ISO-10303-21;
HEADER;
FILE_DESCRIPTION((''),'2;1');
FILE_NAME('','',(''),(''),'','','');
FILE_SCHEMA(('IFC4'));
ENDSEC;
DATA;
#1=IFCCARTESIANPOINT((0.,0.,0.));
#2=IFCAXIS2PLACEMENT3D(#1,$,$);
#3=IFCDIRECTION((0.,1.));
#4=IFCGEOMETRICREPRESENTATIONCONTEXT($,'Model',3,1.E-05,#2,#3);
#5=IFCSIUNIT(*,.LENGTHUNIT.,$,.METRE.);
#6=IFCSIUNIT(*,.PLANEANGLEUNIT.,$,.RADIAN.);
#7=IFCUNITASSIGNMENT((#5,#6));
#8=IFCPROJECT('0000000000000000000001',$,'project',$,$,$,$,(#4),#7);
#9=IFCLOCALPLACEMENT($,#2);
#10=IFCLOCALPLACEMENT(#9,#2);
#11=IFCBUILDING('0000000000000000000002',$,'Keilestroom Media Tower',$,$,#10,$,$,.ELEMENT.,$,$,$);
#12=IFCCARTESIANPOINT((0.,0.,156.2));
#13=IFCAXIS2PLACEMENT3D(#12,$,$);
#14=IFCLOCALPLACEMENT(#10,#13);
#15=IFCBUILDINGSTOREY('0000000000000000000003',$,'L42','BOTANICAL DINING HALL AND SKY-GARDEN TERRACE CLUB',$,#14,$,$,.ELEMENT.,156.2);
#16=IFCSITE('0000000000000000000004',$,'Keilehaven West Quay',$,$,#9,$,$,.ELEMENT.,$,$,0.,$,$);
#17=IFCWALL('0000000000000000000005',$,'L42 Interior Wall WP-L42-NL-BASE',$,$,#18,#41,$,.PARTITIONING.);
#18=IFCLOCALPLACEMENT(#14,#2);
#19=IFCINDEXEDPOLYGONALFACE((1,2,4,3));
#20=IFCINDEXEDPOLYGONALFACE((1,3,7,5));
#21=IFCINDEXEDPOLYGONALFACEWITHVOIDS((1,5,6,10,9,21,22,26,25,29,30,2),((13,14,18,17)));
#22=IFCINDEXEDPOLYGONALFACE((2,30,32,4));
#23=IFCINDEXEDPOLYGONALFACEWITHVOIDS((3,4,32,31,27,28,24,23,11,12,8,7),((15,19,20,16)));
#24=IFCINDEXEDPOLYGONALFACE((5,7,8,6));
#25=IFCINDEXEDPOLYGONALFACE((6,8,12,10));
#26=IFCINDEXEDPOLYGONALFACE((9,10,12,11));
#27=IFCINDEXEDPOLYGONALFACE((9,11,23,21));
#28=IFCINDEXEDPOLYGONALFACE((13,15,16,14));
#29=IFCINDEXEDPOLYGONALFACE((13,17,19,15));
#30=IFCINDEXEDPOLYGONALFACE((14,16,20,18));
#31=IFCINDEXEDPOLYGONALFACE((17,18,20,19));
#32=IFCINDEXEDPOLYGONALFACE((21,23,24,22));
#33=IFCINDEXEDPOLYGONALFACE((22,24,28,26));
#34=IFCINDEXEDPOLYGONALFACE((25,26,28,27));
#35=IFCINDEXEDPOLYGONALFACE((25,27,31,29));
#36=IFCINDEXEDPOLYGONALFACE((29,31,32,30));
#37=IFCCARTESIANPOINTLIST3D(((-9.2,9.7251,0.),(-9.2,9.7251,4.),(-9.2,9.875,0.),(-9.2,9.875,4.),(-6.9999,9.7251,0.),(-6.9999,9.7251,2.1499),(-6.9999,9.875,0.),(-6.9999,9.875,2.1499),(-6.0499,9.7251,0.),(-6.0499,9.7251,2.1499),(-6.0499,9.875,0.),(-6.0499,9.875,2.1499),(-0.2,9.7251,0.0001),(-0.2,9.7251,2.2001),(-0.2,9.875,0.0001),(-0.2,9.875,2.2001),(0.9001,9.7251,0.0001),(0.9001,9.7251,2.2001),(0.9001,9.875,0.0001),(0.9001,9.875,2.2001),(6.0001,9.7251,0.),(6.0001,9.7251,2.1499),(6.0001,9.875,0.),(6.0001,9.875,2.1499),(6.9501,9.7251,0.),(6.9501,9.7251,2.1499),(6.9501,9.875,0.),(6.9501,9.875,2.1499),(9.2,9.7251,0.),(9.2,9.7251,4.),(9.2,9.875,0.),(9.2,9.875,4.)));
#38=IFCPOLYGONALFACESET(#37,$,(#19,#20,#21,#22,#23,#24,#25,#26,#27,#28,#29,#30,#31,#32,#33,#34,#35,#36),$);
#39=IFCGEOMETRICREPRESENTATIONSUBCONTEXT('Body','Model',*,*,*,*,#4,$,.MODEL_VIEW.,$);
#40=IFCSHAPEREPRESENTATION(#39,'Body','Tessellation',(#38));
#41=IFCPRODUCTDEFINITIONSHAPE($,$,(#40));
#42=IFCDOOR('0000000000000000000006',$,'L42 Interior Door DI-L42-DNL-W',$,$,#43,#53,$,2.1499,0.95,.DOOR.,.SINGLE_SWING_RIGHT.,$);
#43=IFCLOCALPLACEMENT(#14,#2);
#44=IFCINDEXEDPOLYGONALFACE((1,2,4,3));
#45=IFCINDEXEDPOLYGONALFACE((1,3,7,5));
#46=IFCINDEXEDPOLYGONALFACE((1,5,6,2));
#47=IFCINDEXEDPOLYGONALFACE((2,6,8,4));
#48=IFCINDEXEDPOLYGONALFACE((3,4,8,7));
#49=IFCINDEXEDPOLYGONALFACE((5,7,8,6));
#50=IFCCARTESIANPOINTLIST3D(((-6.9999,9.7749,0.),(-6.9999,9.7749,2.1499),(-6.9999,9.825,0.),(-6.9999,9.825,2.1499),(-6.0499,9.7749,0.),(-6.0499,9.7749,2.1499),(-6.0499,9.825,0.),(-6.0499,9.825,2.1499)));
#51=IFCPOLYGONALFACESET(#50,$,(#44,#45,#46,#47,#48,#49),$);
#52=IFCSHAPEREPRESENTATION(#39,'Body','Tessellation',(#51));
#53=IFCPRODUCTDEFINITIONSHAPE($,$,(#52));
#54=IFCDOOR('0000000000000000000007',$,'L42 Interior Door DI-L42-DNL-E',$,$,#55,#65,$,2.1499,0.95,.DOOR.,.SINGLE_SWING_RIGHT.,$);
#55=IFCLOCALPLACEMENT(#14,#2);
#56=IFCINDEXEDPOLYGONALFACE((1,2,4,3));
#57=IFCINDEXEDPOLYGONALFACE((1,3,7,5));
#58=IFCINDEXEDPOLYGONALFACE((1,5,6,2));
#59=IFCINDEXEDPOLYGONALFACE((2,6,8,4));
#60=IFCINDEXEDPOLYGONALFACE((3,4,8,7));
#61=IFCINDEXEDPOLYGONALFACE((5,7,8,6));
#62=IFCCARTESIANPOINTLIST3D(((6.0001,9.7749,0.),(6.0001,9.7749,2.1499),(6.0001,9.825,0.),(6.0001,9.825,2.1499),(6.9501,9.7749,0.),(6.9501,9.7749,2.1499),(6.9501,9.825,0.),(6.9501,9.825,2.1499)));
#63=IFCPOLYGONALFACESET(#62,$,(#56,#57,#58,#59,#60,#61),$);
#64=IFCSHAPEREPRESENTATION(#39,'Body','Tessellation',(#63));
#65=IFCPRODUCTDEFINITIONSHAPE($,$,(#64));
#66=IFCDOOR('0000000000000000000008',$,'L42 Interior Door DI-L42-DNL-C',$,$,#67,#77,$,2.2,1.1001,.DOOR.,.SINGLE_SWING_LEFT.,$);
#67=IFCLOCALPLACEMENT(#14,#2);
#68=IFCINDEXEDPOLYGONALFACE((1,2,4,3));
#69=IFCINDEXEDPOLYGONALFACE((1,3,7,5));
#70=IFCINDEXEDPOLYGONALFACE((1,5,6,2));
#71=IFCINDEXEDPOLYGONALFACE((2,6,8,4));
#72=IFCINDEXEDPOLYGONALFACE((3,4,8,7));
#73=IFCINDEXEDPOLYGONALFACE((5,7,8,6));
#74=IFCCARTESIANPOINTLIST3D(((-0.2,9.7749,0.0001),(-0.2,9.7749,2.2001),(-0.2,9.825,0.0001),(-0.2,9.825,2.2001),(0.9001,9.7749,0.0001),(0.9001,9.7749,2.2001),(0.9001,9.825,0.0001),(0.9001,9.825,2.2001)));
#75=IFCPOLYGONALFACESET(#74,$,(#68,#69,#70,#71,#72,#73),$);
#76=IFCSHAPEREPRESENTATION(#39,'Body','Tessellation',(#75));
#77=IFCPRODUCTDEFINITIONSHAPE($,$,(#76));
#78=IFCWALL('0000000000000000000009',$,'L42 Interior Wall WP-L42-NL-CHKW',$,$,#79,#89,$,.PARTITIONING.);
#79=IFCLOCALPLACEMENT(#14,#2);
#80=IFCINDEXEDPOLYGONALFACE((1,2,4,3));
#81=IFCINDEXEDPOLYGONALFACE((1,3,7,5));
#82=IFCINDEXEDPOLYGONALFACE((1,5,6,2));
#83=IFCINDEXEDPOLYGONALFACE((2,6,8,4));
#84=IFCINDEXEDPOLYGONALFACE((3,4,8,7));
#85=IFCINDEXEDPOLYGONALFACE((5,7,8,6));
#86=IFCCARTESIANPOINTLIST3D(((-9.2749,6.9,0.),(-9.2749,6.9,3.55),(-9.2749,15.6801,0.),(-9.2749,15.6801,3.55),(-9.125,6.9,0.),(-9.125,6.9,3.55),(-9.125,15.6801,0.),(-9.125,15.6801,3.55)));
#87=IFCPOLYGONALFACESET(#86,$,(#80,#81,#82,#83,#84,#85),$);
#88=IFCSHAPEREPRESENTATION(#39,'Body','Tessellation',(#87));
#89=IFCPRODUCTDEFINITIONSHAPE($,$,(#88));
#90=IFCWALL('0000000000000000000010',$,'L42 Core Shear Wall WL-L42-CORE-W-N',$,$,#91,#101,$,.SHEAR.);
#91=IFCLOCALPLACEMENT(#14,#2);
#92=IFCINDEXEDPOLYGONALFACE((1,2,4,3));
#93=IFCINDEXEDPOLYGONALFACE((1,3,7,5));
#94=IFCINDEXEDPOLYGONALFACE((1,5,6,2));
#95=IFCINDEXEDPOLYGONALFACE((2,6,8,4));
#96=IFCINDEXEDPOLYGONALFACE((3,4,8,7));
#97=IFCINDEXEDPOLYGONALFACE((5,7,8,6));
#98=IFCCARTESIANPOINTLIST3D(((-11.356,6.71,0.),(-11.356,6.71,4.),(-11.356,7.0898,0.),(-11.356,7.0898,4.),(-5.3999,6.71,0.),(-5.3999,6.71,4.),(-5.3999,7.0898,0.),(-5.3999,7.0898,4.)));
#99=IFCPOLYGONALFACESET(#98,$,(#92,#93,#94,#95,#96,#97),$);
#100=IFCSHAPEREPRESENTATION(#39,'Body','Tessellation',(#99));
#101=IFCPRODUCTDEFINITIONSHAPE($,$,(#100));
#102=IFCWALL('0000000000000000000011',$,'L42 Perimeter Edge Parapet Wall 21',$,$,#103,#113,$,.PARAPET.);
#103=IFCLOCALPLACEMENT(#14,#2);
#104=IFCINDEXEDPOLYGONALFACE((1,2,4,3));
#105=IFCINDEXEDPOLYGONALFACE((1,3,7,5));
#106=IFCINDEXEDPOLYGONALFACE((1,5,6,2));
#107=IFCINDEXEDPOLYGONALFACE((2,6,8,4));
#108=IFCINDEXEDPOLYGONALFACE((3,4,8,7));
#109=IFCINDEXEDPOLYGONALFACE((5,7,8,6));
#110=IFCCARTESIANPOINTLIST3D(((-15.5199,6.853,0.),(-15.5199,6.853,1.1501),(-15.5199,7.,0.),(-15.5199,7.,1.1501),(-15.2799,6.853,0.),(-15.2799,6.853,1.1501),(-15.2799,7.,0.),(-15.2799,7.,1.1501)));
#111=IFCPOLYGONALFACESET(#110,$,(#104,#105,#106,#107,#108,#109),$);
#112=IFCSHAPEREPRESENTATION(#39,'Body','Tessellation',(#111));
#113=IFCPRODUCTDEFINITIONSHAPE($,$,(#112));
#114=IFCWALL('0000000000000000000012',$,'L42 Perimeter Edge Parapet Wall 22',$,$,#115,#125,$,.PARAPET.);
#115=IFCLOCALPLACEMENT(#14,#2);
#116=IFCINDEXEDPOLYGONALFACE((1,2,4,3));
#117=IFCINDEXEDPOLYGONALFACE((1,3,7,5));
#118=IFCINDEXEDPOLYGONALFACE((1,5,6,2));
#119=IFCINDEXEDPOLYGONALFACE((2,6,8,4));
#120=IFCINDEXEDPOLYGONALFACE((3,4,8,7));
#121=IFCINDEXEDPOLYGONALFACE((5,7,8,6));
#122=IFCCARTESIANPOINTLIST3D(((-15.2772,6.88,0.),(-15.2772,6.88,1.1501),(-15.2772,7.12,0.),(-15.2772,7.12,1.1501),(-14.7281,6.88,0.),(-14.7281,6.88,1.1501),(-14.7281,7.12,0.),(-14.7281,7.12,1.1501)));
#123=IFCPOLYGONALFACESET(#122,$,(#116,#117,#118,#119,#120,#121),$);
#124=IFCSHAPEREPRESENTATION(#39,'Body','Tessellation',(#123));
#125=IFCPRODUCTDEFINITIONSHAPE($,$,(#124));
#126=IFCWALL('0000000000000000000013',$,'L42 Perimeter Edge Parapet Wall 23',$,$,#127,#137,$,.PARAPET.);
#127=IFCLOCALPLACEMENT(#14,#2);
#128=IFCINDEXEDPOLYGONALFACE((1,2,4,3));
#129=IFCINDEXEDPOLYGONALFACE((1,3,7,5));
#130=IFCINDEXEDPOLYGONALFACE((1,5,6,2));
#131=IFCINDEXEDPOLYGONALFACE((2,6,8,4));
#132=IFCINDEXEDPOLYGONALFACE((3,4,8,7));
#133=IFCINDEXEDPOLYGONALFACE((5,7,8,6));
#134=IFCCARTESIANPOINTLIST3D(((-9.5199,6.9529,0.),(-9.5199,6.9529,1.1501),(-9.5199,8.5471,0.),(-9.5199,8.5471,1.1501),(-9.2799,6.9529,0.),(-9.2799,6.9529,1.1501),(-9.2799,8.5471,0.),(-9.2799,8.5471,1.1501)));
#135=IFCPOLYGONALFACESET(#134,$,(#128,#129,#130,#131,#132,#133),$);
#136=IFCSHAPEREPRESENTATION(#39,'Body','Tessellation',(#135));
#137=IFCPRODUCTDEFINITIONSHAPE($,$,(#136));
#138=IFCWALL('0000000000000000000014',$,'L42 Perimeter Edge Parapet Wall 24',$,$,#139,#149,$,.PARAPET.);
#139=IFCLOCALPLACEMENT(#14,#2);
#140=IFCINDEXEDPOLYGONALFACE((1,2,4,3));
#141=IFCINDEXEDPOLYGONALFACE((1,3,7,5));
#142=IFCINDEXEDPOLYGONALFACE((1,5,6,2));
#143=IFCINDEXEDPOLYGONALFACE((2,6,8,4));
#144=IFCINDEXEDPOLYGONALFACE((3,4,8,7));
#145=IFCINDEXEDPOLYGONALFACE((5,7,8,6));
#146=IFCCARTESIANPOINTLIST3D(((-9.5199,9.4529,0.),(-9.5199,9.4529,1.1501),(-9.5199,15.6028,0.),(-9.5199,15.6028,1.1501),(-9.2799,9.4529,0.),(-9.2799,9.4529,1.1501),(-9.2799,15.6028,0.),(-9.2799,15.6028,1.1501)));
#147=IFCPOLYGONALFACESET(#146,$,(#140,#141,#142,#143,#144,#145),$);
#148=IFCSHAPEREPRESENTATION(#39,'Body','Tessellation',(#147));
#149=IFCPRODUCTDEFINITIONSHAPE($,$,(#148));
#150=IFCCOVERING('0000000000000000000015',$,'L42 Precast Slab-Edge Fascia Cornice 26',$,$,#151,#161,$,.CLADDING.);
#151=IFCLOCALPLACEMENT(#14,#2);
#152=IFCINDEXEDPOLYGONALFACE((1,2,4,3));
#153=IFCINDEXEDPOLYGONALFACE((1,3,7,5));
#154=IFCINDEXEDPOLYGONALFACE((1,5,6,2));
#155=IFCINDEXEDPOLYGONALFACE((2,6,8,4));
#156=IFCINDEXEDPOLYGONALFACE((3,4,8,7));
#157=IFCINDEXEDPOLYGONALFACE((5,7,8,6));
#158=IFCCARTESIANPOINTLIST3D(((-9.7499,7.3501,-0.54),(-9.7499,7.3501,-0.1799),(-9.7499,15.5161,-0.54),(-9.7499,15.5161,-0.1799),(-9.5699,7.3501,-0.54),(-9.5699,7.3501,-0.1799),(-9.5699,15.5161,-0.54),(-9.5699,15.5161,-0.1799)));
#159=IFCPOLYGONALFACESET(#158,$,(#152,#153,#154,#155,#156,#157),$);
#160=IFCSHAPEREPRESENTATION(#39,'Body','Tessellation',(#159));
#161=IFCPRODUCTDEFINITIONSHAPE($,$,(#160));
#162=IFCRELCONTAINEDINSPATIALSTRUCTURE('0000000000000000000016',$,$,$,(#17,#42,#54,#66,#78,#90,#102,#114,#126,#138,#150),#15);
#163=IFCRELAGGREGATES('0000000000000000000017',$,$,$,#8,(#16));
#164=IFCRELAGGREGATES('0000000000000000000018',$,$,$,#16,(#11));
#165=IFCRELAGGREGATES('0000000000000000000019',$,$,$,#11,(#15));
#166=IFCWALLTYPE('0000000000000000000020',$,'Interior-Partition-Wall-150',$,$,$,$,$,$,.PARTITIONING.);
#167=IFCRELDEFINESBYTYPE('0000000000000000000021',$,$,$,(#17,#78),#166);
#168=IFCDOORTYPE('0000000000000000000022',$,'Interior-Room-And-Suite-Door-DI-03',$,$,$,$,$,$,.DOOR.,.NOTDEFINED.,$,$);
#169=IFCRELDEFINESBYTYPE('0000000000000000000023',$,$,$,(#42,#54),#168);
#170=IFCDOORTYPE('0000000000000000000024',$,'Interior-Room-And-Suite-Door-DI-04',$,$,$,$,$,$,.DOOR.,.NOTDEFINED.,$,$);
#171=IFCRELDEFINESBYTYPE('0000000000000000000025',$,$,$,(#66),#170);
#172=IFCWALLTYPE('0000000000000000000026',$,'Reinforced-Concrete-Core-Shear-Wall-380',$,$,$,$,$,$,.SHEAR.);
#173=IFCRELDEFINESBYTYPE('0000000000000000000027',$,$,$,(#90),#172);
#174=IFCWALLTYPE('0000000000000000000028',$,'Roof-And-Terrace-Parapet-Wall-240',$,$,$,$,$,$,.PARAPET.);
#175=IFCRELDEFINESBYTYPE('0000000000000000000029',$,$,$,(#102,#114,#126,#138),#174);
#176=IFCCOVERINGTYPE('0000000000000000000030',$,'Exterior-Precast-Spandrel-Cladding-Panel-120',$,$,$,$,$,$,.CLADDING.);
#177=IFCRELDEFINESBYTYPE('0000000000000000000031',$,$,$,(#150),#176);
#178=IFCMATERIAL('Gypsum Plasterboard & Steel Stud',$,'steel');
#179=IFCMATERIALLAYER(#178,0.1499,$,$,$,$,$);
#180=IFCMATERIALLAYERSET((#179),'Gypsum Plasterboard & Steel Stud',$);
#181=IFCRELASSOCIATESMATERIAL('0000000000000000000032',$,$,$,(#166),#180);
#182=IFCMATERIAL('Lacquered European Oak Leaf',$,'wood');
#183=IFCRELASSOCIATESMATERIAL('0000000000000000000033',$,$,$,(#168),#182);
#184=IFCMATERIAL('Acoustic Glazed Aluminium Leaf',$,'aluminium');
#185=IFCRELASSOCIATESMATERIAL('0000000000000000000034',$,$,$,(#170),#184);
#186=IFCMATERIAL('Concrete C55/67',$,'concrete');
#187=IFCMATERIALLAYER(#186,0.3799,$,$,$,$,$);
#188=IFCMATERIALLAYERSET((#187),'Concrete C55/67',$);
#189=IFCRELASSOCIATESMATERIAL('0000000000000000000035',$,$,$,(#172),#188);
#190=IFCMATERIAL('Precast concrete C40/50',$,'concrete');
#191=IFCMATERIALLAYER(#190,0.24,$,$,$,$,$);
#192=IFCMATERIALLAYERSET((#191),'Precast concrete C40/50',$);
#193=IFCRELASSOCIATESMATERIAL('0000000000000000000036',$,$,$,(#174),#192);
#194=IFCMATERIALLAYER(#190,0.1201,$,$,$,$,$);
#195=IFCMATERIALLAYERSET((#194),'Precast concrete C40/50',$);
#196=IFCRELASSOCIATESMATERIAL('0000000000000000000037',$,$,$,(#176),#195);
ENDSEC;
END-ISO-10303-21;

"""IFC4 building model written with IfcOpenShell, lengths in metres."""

from ifc_helpers import new_model, si_unit, direction, frame, frame_2d, origin, origin_2d, place, context, subcontext, project, spatial, rectangle, extrude, source, transform, mapped, material, layer, layer_set, type_object, element, fill, save


model = new_model("IFC4")

# Units and contexts
model_context = context("Model", 3, precision=1e-05, world=origin(), true_north=direction((0.0, 1.0)))
body_context = subcontext(model_context, "Body", "Model", "MODEL_VIEW")
ifc_project = project(units=[si_unit("LENGTHUNIT", "METRE"), si_unit("PLANEANGLEUNIT", "RADIAN")], contexts=[model_context])

# Site, building, storey
site_placement = place(None, origin())
site = spatial("IfcSite", under=ifc_project, at=site_placement, Name="Keilehaven West Quay", CompositionType="ELEMENT", RefElevation=0.0)
building_placement = place(site_placement, origin())
building = spatial("IfcBuilding", under=site, at=building_placement, Name="Keilestroom Media Tower", CompositionType="ELEMENT")
storey_placement = place(building_placement, frame((0.0, 0.0, 156.2)))
storey = spatial("IfcBuildingStorey", under=building, at=storey_placement, Name="L42", Description="BOTANICAL DINING HALL AND SKY-GARDEN TERRACE CLUB", CompositionType="ELEMENT", Elevation=156.2)

# Shared definitions
ifc_material_1 = material(Name="Precast concrete C40/50", Category="concrete")
ifc_material_2 = material(Name="Concrete C55/67", Category="concrete")

# Shared definitions
ifc_material_3 = material(Name="Gypsum Plasterboard & Steel Stud", Category="steel")

# Wall, openings, doors
ifc_layer_1 = layer(ifc_material_3, 0.1499)
ifc_layer_set_1 = layer_set([ifc_layer_1], Name="Gypsum Plasterboard & Steel Stud")
wall_type_1 = type_object("IfcWallType", Name="Interior-Partition-Wall-150", PredefinedType="PARTITIONING", material=ifc_layer_set_1)
wall_1_placement = place(storey_placement, frame((-9.2, 9.8, 0.0), z_axis=(0.0, 0.0, 1.0), x_axis=(1.0, 0.0, 0.0)))
wall_1 = element("IfcWall", 1, at=wall_1_placement, inside=storey, type_object=wall_type_1, Name="L42 Interior Wall WP-L42-NL-BASE", PredefinedType="PARTITIONING", context=body_context, shape_type="SweptSolid", body=[
    extrude(rectangle(XDim=18.3999, YDim=0.1499, at=frame_2d((9.2, 0.0))), origin(), (0.0, 0.0, 1.0), 4.0),
])
opening_1_placement = place(wall_1_placement, frame((2.2, 0.0, 0.0)))
opening_1 = element("IfcOpeningElement", 2, at=opening_1_placement, cuts=wall_1, PredefinedType="OPENING", context=body_context, shape_type="SweptSolid", body=[
    extrude(rectangle(XDim=0.95, YDim=2.1499, at=frame_2d((0.4751, 1.075))), frame((0.0, 0.085, 0.0), z_axis=(0.0, -1.0, 0.0), x_axis=(1.0, 0.0, 0.0)), (0.0, 0.0, 1.0), 0.1699),
])
opening_2_placement = place(wall_1_placement, frame((9.0, 0.0, 0.0)))
opening_2 = element("IfcOpeningElement", 3, at=opening_2_placement, cuts=wall_1, PredefinedType="OPENING", context=body_context, shape_type="SweptSolid", body=[
    extrude(rectangle(XDim=1.1001, YDim=2.2, at=frame_2d((0.55, 1.1001))), frame((0.0, 0.085, 0.0), z_axis=(0.0, -1.0, 0.0), x_axis=(1.0, 0.0, 0.0)), (0.0, 0.0, 1.0), 0.1699),
])
opening_3_placement = place(wall_1_placement, frame((15.2, 0.0, 0.0)))
opening_3 = element("IfcOpeningElement", 4, at=opening_3_placement, cuts=wall_1, PredefinedType="OPENING", context=body_context, shape_type="SweptSolid", body=[
    extrude(rectangle(XDim=0.95, YDim=2.1499, at=frame_2d((0.4751, 1.075))), frame((0.0, 0.085, 0.0), z_axis=(0.0, -1.0, 0.0), x_axis=(1.0, 0.0, 0.0)), (0.0, 0.0, 1.0), 0.1699),
])
ifc_material_4 = material(Name="Lacquered European Oak Leaf", Category="wood")
door_type_1 = type_object("IfcDoorType", Name="Interior-Room-And-Suite-Door-DI-03", OperationType="NOTDEFINED", PredefinedType="DOOR", material=ifc_material_4)
shared_shape_1 = source(origin(), body_context, "Body", "SweptSolid", [
    extrude(rectangle(XDim=0.95, YDim=2.1499, at=frame_2d((0.4751, 1.075))), frame((0.0, 0.0249, 0.0), z_axis=(0.0, -1.0, 0.0), x_axis=(1.0, 0.0, 0.0)), (0.0, 0.0, 1.0), 0.05),
])
door_1_placement = place(opening_1_placement, origin())
door_1 = element("IfcDoor", 5, at=door_1_placement, inside=storey, type_object=door_type_1, Name="L42 Interior Door DI-L42-DNL-W", OperationType="SINGLE_SWING_RIGHT", OverallHeight=2.1499, OverallWidth=0.95, PredefinedType="DOOR", context=body_context, shape_type="MappedRepresentation", body=[
    mapped(shared_shape_1, transform((0.0, 0.0, 0.0), x_axis=(1.0, 0.0, 0.0), y_axis=(0.0, 1.0, 0.0), z_axis=(0.0, 0.0, 1.0), scale=1.0)),
])
fill(opening_1, door_1)
door_2_placement = place(opening_3_placement, origin())
door_2 = element("IfcDoor", 6, at=door_2_placement, inside=storey, type_object=door_type_1, Name="L42 Interior Door DI-L42-DNL-E", OperationType="SINGLE_SWING_RIGHT", OverallHeight=2.1499, OverallWidth=0.95, PredefinedType="DOOR", context=body_context, shape_type="MappedRepresentation", body=[
    mapped(shared_shape_1, transform((0.0, 0.0, 0.0), x_axis=(1.0, 0.0, 0.0), y_axis=(0.0, 1.0, 0.0), z_axis=(0.0, 0.0, 1.0), scale=1.0)),
])
fill(opening_3, door_2)
ifc_material_5 = material(Name="Acoustic Glazed Aluminium Leaf", Category="aluminium")
door_type_2 = type_object("IfcDoorType", Name="Interior-Room-And-Suite-Door-DI-04", OperationType="NOTDEFINED", PredefinedType="DOOR", material=ifc_material_5)
shared_shape_2 = source(origin(), body_context, "Body", "SweptSolid", [
    extrude(rectangle(XDim=1.1001, YDim=2.2, at=frame_2d((0.55, 1.1001))), frame((0.0, 0.0249, 0.0), z_axis=(0.0, -1.0, 0.0), x_axis=(1.0, 0.0, 0.0)), (0.0, 0.0, 1.0), 0.05),
])
door_3_placement = place(opening_2_placement, origin())
door_3 = element("IfcDoor", 7, at=door_3_placement, inside=storey, type_object=door_type_2, Name="L42 Interior Door DI-L42-DNL-C", OperationType="SINGLE_SWING_LEFT", OverallHeight=2.2, OverallWidth=1.1001, PredefinedType="DOOR", context=body_context, shape_type="MappedRepresentation", body=[
    mapped(shared_shape_2, transform((0.0, 0.0, 0.0), x_axis=(1.0, 0.0, 0.0), y_axis=(0.0, 1.0, 0.0), z_axis=(0.0, 0.0, 1.0), scale=1.0)),
])
fill(opening_2, door_3)

# Walls
wall_2_placement = place(storey_placement, frame((-9.2, 6.8999, 0.0), z_axis=(0.0, 0.0, 1.0), x_axis=(0.0, 1.0, 0.0)))
element("IfcWall", 8, at=wall_2_placement, inside=storey, type_object=wall_type_1, Name="L42 Interior Wall WP-L42-NL-CHKW", PredefinedType="PARTITIONING", context=body_context, shape_type="SweptSolid", body=[
    extrude(rectangle(XDim=8.78, YDim=0.1499, at=frame_2d((4.3901, 0.0))), origin(), (0.0, 0.0, 1.0), 3.55),
])
ifc_layer_2 = layer(ifc_material_2, 0.3799)
ifc_layer_set_2 = layer_set([ifc_layer_2], Name="Concrete C55/67")
wall_type_2 = type_object("IfcWallType", Name="Reinforced-Concrete-Core-Shear-Wall-380", PredefinedType="SHEAR", material=ifc_layer_set_2)
wall_3_placement = place(storey_placement, frame((-11.356, 6.8999, 0.0), z_axis=(0.0, 0.0, 1.0), x_axis=(1.0, 0.0, 0.0)))
element("IfcWall", 9, at=wall_3_placement, inside=storey, type_object=wall_type_2, Name="L42 Core Shear Wall WL-L42-CORE-W-N", PredefinedType="SHEAR", context=body_context, shape_type="SweptSolid", body=[
    extrude(rectangle(XDim=5.9561, YDim=0.3799, at=frame_2d((2.978, 0.0))), origin(), (0.0, 0.0, 1.0), 4.0),
])
ifc_layer_3 = layer(ifc_material_1, 0.24)
ifc_layer_set_3 = layer_set([ifc_layer_3], Name="Precast concrete C40/50")
wall_type_3 = type_object("IfcWallType", Name="Roof-And-Terrace-Parapet-Wall-240", PredefinedType="PARAPET", material=ifc_layer_set_3)
wall_4_placement = place(storey_placement, frame((-15.3999, 6.853, 0.0), z_axis=(0.0, 0.0, 1.0), x_axis=(0.0, 1.0, 0.0)))
element("IfcWall", 10, at=wall_4_placement, inside=storey, type_object=wall_type_3, Name="L42 Perimeter Edge Parapet Wall 21", PredefinedType="PARAPET", context=body_context, shape_type="SweptSolid", body=[
    extrude(rectangle(XDim=0.147, YDim=0.24, at=frame_2d((0.0735, 0.0))), origin(), (0.0, 0.0, 1.0), 1.1501),
])
wall_5_placement = place(storey_placement, frame((-15.2771, 7.0, 0.0), z_axis=(0.0, 0.0, 1.0), x_axis=(1.0, 0.0, 0.0)))
element("IfcWall", 11, at=wall_5_placement, inside=storey, type_object=wall_type_3, Name="L42 Perimeter Edge Parapet Wall 22", PredefinedType="PARAPET", context=body_context, shape_type="SweptSolid", body=[
    extrude(rectangle(XDim=0.5491, YDim=0.24, at=frame_2d((0.2744, 0.0))), origin(), (0.0, 0.0, 1.0), 1.1501),
])
wall_6_placement = place(storey_placement, frame((-9.3999, 6.9529, 0.0), z_axis=(0.0, 0.0, 1.0), x_axis=(0.0, 1.0, 0.0)))
element("IfcWall", 12, at=wall_6_placement, inside=storey, type_object=wall_type_3, Name="L42 Perimeter Edge Parapet Wall 23", PredefinedType="PARAPET", context=body_context, shape_type="SweptSolid", body=[
    extrude(rectangle(XDim=1.5942, YDim=0.24, at=frame_2d((0.7971, 0.0))), origin(), (0.0, 0.0, 1.0), 1.1501),
])
wall_7_placement = place(storey_placement, frame((-9.3999, 9.4529, 0.0), z_axis=(0.0, 0.0, 1.0), x_axis=(0.0, 1.0, 0.0)))
element("IfcWall", 13, at=wall_7_placement, inside=storey, type_object=wall_type_3, Name="L42 Perimeter Edge Parapet Wall 24", PredefinedType="PARAPET", context=body_context, shape_type="SweptSolid", body=[
    extrude(rectangle(XDim=6.1499, YDim=0.24, at=frame_2d((3.075, 0.0))), origin(), (0.0, 0.0, 1.0), 1.1501),
])

# Covering
ifc_layer_4 = layer(ifc_material_1, 0.1201)
ifc_layer_set_4 = layer_set([ifc_layer_4], Name="Precast concrete C40/50")
covering_type = type_object("IfcCoveringType", Name="Exterior-Precast-Spandrel-Cladding-Panel-120", PredefinedType="CLADDING", material=ifc_layer_set_4)
shared_shape_3 = source(origin(), body_context, "Body", "SweptSolid", [
    extrude(rectangle(XDim=8.166, YDim=0.1799, at=origin_2d()), origin(), (0.0, 0.0, 1.0), 0.3601),
])
covering_1_placement = place(storey_placement, frame((-9.6599, 11.4331, -0.54), z_axis=(0.0, 0.0, 1.0), x_axis=(0.0, 1.0, 0.0)))
element("IfcCovering", 14, at=covering_1_placement, inside=storey, type_object=covering_type, Name="L42 Precast Slab-Edge Fascia Cornice 26", PredefinedType="CLADDING", context=body_context, shape_type="MappedRepresentation", body=[
    mapped(shared_shape_3, transform((0.0, 0.0, 0.0), x_axis=(1.0, 0.0, 0.0), y_axis=(0.0, 1.0, 0.0), z_axis=(0.0, 0.0, 1.0), scale=1.0)),
])

save(model, "model.ifc")
